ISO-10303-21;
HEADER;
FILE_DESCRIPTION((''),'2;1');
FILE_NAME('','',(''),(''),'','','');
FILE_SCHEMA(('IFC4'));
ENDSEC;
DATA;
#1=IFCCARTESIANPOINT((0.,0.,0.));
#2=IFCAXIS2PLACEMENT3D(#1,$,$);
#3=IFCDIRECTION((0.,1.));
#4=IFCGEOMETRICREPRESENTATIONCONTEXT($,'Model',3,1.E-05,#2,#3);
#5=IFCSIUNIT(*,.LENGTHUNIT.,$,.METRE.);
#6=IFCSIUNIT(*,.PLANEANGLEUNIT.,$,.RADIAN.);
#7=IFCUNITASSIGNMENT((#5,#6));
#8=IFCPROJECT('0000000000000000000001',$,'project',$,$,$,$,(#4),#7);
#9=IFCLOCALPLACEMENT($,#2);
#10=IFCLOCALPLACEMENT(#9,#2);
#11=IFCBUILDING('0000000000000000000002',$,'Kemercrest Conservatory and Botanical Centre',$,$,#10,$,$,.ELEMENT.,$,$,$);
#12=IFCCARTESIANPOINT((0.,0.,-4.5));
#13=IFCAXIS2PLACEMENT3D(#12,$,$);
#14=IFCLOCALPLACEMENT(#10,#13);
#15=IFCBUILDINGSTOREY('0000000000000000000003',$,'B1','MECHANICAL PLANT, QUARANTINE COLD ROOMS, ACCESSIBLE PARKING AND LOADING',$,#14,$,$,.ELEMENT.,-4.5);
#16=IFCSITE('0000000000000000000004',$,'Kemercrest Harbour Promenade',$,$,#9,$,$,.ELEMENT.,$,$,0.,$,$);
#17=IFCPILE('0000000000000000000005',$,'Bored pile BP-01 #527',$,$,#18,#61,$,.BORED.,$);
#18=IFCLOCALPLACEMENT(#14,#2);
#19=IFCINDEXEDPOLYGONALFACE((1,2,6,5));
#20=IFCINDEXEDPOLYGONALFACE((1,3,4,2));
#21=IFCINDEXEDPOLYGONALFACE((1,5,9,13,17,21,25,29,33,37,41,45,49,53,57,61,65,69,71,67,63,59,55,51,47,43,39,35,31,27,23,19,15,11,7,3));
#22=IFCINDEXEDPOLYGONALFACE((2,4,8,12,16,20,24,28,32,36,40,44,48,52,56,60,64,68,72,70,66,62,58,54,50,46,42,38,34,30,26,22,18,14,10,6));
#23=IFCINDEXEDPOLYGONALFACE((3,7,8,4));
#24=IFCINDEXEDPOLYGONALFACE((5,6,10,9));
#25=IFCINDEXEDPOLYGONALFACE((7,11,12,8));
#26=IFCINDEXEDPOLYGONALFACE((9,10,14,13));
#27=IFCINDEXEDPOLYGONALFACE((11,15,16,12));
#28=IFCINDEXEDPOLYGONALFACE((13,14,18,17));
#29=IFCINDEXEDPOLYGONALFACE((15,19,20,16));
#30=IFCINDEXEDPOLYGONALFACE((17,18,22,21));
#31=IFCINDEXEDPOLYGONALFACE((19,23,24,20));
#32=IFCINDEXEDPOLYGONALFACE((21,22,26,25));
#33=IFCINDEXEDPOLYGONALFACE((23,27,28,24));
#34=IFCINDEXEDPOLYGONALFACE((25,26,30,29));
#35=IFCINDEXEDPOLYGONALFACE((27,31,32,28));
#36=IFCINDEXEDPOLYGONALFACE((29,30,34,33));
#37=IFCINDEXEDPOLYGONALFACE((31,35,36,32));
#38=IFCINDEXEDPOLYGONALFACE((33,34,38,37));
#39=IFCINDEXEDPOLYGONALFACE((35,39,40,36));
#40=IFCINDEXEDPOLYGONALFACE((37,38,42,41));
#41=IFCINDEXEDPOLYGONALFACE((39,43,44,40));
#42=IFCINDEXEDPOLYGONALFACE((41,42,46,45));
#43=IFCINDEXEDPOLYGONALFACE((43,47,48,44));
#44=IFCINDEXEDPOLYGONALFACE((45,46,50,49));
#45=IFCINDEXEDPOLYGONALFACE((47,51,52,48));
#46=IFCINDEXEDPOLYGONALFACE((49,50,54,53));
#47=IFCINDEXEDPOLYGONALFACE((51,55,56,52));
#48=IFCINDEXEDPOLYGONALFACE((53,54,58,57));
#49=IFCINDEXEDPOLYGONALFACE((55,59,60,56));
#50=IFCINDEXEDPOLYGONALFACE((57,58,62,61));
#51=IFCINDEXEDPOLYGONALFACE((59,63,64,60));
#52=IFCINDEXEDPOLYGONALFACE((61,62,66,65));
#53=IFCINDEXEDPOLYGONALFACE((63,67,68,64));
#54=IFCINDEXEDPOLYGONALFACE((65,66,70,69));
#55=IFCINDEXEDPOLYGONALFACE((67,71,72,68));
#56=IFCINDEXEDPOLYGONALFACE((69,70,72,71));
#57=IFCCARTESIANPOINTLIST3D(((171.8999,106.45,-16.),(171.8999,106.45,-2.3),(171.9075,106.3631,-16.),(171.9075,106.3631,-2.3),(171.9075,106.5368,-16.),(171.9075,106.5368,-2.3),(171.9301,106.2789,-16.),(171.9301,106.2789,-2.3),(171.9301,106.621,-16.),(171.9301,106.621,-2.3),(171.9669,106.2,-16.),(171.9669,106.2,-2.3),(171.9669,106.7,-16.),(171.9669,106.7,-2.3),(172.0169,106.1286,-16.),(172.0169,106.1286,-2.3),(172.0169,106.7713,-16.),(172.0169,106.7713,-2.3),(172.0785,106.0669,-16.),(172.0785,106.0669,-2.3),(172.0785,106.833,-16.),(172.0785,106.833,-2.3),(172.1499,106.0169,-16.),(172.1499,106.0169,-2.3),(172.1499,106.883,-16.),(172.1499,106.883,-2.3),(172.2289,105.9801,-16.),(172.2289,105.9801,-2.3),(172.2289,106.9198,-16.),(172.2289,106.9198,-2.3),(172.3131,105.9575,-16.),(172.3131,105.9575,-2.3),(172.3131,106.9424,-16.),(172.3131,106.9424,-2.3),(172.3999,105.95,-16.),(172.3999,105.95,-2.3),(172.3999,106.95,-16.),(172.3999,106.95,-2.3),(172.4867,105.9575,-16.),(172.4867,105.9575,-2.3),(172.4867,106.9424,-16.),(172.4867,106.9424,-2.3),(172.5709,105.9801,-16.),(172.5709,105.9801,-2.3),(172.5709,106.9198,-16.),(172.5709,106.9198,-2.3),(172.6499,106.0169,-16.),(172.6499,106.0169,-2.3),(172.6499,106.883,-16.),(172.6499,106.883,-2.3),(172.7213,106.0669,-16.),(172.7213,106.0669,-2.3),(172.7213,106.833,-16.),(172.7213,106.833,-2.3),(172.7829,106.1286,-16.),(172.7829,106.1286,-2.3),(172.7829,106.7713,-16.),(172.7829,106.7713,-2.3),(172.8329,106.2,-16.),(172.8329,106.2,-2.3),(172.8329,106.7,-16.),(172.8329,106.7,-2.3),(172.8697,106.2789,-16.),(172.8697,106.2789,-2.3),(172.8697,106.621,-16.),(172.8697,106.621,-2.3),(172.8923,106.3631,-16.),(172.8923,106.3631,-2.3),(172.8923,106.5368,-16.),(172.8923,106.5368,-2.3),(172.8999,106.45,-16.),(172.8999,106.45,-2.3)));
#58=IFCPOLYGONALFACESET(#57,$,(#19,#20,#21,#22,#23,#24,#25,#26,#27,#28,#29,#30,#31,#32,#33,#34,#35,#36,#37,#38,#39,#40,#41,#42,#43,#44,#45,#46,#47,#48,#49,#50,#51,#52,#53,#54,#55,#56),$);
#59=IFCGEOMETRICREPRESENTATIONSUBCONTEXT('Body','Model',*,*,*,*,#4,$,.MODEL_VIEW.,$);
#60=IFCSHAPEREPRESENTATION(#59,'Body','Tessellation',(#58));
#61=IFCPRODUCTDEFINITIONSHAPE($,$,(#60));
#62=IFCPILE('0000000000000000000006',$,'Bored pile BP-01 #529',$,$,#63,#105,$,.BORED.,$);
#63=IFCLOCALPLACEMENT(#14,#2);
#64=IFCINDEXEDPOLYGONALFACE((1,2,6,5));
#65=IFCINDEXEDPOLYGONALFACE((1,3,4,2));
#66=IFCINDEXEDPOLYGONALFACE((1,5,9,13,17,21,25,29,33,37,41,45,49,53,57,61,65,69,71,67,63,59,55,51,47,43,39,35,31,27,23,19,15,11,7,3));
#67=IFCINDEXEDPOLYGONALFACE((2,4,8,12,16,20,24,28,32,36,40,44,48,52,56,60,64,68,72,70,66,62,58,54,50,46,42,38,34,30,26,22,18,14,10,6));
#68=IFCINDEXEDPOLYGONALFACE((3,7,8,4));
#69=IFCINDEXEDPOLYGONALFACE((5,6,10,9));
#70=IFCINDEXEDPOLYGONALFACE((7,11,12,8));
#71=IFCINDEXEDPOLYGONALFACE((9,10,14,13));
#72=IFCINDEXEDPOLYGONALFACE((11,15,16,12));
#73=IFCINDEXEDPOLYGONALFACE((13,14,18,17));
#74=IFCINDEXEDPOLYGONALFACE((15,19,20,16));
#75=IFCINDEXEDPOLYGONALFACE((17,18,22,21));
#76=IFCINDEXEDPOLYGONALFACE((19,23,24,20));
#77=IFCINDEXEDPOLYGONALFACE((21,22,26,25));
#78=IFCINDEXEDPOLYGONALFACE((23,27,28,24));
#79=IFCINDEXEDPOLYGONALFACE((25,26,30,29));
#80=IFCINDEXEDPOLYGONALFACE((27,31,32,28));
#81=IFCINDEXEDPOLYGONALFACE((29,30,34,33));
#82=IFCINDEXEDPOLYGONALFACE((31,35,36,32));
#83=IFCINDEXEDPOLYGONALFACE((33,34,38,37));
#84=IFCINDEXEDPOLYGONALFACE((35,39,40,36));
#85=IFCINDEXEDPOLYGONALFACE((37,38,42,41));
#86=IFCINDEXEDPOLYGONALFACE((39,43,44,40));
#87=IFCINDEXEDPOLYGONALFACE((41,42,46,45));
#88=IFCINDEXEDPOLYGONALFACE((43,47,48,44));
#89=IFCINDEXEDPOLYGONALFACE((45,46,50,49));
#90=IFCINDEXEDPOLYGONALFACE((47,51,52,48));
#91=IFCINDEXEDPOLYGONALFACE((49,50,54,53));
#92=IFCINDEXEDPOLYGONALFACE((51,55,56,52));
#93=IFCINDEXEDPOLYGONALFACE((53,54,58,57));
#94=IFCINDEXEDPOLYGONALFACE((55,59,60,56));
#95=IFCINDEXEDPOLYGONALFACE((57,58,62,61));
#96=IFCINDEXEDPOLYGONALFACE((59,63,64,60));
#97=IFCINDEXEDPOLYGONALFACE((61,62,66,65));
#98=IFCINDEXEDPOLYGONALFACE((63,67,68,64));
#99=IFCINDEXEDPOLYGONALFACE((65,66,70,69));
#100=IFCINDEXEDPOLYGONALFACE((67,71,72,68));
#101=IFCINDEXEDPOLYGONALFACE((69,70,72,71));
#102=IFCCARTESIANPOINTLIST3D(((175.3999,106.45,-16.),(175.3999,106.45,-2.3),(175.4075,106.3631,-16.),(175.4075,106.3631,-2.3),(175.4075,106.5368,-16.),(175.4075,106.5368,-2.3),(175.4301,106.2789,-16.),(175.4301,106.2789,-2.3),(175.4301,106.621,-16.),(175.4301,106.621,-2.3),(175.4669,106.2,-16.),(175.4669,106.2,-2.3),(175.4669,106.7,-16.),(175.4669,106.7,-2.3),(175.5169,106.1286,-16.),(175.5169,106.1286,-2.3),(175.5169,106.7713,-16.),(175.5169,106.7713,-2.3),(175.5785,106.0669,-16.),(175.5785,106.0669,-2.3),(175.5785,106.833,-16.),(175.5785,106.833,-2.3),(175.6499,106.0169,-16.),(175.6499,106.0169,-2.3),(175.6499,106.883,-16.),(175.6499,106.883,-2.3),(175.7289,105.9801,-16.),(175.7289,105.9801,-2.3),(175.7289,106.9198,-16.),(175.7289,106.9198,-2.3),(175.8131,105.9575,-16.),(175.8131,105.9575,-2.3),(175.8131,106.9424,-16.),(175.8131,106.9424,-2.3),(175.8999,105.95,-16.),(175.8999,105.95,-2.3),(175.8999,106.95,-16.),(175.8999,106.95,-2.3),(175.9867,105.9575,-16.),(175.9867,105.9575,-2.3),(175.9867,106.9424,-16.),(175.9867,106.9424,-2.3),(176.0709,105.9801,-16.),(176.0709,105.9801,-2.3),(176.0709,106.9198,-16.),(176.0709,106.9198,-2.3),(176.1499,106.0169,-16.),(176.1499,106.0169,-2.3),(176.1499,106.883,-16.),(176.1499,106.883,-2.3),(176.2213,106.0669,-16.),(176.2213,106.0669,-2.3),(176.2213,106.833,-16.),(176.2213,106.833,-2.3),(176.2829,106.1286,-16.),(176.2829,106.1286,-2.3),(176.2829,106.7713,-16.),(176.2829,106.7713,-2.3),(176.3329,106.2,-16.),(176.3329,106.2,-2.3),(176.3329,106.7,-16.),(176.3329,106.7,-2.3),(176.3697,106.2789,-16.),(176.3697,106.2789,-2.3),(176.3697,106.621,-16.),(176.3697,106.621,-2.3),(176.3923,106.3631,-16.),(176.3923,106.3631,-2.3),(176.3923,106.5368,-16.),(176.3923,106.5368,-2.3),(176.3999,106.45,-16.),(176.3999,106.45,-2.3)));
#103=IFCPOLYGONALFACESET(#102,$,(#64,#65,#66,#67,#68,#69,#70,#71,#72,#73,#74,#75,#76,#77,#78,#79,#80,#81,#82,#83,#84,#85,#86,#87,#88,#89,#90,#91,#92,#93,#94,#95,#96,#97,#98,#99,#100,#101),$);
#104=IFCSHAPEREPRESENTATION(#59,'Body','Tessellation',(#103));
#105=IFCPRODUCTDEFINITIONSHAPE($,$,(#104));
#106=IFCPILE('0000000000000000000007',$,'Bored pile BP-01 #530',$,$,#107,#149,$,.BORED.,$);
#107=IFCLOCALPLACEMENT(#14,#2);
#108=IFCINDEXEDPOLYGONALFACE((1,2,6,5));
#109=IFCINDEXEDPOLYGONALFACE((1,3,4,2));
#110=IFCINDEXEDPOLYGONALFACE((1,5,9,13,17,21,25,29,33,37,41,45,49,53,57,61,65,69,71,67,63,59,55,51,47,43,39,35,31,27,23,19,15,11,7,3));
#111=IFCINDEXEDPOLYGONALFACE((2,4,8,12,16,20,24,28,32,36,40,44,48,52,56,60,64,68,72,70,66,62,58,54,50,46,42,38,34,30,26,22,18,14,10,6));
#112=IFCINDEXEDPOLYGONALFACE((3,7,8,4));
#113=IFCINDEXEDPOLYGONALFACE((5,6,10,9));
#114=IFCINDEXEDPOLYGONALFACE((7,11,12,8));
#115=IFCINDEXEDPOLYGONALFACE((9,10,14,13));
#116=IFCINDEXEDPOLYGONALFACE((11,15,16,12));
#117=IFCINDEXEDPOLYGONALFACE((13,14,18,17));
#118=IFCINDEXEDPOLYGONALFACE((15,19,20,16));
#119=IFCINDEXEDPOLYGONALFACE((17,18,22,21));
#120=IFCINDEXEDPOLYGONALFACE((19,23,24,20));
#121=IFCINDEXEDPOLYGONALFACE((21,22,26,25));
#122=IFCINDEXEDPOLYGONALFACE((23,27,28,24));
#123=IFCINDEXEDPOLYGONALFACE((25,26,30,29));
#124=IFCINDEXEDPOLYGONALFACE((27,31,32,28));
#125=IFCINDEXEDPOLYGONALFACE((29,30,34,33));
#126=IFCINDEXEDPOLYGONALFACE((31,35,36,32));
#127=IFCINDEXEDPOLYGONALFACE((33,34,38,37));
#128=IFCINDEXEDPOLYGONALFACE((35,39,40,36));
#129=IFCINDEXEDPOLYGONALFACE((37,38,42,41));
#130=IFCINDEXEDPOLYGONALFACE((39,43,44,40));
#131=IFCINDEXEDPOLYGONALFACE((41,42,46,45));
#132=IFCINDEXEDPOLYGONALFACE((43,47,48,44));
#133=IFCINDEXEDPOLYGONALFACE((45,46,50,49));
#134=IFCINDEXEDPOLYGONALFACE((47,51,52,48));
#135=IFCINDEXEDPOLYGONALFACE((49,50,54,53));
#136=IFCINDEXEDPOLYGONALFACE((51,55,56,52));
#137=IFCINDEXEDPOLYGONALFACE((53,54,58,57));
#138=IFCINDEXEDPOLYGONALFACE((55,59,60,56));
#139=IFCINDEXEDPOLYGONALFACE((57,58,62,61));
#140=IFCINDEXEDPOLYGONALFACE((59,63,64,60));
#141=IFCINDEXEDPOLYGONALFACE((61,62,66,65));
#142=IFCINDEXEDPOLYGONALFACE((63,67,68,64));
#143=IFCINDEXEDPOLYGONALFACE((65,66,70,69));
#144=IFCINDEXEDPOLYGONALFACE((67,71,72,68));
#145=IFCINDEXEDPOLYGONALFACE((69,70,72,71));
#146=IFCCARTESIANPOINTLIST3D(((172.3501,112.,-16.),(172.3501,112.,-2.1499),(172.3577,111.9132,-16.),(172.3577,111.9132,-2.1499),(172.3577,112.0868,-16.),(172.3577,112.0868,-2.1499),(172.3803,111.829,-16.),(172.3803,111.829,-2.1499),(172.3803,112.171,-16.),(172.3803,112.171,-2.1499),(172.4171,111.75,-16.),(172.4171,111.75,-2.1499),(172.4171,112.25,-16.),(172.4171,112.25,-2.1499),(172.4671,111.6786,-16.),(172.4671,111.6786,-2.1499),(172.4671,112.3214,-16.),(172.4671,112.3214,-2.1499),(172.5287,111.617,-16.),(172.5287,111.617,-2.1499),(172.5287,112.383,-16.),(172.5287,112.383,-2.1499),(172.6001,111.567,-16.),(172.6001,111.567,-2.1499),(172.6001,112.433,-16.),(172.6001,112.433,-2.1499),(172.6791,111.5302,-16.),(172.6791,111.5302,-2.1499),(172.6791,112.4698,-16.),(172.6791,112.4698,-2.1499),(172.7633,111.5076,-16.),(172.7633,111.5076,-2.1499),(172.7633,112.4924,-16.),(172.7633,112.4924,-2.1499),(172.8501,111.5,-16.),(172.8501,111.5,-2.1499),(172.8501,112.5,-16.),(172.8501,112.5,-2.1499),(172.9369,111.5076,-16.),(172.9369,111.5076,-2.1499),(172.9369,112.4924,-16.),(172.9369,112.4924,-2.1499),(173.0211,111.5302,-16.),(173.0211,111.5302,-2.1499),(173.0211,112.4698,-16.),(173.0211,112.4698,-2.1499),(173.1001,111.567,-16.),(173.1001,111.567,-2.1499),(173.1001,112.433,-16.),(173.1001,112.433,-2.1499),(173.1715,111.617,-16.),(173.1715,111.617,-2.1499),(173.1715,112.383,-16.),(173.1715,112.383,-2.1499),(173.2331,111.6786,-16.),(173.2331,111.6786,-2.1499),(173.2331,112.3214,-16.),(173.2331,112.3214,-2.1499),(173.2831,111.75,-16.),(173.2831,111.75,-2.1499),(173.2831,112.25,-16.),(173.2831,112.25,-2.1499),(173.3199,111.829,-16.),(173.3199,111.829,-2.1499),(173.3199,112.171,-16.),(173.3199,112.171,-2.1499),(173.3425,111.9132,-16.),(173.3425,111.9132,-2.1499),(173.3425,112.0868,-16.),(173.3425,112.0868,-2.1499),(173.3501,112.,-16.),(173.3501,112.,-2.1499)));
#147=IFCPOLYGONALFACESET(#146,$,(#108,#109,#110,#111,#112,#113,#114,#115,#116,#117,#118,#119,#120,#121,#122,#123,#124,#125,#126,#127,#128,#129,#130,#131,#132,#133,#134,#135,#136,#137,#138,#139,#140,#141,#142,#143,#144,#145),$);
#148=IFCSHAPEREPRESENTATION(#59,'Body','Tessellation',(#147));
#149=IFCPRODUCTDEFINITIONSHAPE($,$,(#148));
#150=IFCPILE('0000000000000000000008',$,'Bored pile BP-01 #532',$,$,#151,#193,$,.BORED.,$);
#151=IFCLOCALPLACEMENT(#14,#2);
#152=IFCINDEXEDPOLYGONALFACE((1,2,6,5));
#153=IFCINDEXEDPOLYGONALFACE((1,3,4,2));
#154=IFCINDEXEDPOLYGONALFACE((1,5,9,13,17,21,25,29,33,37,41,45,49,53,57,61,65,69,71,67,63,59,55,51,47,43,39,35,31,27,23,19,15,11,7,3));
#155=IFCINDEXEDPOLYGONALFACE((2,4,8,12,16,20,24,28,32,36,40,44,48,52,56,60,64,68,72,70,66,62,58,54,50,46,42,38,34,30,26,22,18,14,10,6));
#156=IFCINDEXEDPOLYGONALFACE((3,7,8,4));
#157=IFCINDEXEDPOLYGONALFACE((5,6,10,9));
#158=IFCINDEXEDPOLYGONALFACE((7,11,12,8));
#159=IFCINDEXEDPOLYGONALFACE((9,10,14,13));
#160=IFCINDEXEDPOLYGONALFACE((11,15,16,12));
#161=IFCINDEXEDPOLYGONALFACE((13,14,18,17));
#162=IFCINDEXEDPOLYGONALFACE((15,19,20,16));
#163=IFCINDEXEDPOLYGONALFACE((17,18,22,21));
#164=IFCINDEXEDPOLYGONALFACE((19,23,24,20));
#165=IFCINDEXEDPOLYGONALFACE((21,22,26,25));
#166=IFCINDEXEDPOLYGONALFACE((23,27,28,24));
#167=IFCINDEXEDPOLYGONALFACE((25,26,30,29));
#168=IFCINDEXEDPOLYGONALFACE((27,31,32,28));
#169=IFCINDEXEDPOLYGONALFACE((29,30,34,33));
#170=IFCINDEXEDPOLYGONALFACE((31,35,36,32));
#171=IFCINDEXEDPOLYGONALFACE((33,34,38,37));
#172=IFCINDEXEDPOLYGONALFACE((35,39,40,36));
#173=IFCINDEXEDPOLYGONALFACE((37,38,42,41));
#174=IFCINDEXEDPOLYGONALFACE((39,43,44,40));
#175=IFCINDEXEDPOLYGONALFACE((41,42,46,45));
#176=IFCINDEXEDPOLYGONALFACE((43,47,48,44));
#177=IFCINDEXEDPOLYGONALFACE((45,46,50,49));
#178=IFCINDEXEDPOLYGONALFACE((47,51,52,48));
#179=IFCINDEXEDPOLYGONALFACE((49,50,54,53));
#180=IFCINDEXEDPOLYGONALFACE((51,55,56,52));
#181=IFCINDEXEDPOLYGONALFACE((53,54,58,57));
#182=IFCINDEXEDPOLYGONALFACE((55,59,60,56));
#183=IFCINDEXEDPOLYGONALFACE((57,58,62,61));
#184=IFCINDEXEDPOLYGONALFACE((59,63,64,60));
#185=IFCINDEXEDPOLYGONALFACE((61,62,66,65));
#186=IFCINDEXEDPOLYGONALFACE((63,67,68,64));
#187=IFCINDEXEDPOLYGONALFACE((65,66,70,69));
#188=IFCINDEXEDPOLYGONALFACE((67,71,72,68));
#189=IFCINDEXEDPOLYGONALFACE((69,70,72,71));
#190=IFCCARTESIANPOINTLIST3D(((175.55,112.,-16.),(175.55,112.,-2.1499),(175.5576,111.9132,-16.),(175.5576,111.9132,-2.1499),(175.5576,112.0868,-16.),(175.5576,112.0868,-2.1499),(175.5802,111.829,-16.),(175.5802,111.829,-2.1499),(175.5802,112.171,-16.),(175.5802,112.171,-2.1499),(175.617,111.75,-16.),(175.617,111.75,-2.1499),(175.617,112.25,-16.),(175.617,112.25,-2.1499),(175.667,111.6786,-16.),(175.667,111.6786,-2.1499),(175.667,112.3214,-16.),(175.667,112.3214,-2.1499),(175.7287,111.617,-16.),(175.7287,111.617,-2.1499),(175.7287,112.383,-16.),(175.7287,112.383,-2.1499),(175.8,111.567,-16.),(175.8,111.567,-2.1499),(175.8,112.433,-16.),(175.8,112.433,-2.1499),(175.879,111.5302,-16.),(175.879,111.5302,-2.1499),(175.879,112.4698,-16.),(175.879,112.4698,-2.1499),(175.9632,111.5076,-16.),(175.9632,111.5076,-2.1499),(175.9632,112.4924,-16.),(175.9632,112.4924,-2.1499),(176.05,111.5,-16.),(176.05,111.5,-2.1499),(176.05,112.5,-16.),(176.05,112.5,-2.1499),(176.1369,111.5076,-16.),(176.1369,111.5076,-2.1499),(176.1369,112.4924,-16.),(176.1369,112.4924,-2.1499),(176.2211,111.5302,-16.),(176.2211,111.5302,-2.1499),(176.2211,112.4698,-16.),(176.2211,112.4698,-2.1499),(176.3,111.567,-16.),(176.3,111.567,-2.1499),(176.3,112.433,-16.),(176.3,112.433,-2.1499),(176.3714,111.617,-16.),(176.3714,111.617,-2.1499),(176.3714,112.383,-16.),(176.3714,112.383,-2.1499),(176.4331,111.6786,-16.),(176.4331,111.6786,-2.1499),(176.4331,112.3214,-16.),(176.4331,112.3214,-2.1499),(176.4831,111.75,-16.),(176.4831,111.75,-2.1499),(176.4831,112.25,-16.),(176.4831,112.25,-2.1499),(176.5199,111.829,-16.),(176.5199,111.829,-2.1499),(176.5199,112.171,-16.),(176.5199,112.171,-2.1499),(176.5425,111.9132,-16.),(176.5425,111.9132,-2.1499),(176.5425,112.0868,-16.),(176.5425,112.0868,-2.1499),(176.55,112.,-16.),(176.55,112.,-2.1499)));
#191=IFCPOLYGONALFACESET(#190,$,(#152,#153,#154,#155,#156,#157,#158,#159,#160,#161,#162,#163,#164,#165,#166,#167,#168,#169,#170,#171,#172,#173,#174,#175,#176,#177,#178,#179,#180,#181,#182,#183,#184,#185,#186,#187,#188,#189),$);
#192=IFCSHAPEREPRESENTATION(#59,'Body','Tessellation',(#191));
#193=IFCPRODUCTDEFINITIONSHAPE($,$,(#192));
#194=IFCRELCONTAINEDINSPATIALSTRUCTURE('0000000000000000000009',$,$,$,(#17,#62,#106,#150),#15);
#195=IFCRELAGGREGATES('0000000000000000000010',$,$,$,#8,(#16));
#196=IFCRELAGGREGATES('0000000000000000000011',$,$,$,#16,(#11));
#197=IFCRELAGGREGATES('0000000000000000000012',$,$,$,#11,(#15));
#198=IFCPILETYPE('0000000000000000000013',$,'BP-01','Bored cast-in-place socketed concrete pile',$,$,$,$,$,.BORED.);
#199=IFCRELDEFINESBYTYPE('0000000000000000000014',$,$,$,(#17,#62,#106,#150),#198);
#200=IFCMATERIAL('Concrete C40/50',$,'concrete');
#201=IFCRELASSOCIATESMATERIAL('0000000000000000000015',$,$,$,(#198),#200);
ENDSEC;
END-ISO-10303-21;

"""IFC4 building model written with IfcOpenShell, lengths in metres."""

from ifc_helpers import new_model, si_unit, direction, frame, origin, origin_2d, place, context, subcontext, project, spatial, circle, extrude, material, material_profile, profile_set, type_object, element, save


model = new_model("IFC4")

# Units and contexts
model_context = context("Model", 3, precision=1e-05, world=origin(), true_north=direction((0.0, 1.0)))
body_context = subcontext(model_context, "Body", "Model", "MODEL_VIEW")
ifc_project = project(units=[si_unit("LENGTHUNIT", "METRE"), si_unit("PLANEANGLEUNIT", "RADIAN")], contexts=[model_context])

# Site, building, storey
site_placement = place(None, origin())
site = spatial("IfcSite", under=ifc_project, at=site_placement, Name="Kemercrest Harbour Promenade", CompositionType="ELEMENT", RefElevation=0.0)
building_placement = place(site_placement, origin())
building = spatial("IfcBuilding", under=site, at=building_placement, Name="Kemercrest Conservatory and Botanical Centre", CompositionType="ELEMENT")
storey_placement = place(building_placement, frame((0.0, 0.0, -4.5)))
storey = spatial("IfcBuildingStorey", under=building, at=storey_placement, Name="B1", Description="MECHANICAL PLANT, QUARANTINE COLD ROOMS, ACCESSIBLE PARKING AND LOADING", CompositionType="ELEMENT", Elevation=-4.5)

# Piles
ifc_material_1 = material(Name="Concrete C40/50", Category="concrete")
ifc_material_profile_1 = material_profile(ifc_material_1, circle(Radius=0.5, at=origin_2d()), Name="BORED PILE 1000")
ifc_profile_set_1 = profile_set([ifc_material_profile_1], Name="Concrete C40/50")
pile_type_1 = type_object("IfcPileType", Name="BP-01", Description="Bored cast-in-place socketed concrete pile", PredefinedType="BORED", material=ifc_profile_set_1)
for number, where, z_axis, x_axis, name in (
    (1, (172.3999, 106.45, -2.3), (0.0, 0.0, -1.0), (1.0, 0.0, 0.0), "Bored pile BP-01 #527"),
    (2, (175.8999, 106.45, -2.3), (0.0, 0.0, -1.0), (1.0, 0.0, 0.0), "Bored pile BP-01 #529"),
):
    element("IfcPile", number, at=place(storey_placement, frame(where, z_axis=z_axis, x_axis=x_axis)), inside=storey, type_object=pile_type_1, Name=name, PredefinedType="BORED", context=body_context, shape_type="SweptSolid", body=[
        extrude(circle(Radius=0.5, at=origin_2d()), origin(), (0.0, 0.0, 1.0), 13.7),
    ])
for number, where, z_axis, x_axis, name in (
    (3, (172.8501, 112.0, -2.1499), (0.0, 0.0, -1.0), (1.0, 0.0, 0.0), "Bored pile BP-01 #530"),
    (4, (176.05, 112.0, -2.1499), (0.0, 0.0, -1.0), (1.0, 0.0, 0.0), "Bored pile BP-01 #532"),
):
    element("IfcPile", number, at=place(storey_placement, frame(where, z_axis=z_axis, x_axis=x_axis)), inside=storey, type_object=pile_type_1, Name=name, PredefinedType="BORED", context=body_context, shape_type="SweptSolid", body=[
        extrude(circle(Radius=0.5, at=origin_2d()), origin(), (0.0, 0.0, 1.0), 13.8501),
    ])

save(model, "model.ifc")
